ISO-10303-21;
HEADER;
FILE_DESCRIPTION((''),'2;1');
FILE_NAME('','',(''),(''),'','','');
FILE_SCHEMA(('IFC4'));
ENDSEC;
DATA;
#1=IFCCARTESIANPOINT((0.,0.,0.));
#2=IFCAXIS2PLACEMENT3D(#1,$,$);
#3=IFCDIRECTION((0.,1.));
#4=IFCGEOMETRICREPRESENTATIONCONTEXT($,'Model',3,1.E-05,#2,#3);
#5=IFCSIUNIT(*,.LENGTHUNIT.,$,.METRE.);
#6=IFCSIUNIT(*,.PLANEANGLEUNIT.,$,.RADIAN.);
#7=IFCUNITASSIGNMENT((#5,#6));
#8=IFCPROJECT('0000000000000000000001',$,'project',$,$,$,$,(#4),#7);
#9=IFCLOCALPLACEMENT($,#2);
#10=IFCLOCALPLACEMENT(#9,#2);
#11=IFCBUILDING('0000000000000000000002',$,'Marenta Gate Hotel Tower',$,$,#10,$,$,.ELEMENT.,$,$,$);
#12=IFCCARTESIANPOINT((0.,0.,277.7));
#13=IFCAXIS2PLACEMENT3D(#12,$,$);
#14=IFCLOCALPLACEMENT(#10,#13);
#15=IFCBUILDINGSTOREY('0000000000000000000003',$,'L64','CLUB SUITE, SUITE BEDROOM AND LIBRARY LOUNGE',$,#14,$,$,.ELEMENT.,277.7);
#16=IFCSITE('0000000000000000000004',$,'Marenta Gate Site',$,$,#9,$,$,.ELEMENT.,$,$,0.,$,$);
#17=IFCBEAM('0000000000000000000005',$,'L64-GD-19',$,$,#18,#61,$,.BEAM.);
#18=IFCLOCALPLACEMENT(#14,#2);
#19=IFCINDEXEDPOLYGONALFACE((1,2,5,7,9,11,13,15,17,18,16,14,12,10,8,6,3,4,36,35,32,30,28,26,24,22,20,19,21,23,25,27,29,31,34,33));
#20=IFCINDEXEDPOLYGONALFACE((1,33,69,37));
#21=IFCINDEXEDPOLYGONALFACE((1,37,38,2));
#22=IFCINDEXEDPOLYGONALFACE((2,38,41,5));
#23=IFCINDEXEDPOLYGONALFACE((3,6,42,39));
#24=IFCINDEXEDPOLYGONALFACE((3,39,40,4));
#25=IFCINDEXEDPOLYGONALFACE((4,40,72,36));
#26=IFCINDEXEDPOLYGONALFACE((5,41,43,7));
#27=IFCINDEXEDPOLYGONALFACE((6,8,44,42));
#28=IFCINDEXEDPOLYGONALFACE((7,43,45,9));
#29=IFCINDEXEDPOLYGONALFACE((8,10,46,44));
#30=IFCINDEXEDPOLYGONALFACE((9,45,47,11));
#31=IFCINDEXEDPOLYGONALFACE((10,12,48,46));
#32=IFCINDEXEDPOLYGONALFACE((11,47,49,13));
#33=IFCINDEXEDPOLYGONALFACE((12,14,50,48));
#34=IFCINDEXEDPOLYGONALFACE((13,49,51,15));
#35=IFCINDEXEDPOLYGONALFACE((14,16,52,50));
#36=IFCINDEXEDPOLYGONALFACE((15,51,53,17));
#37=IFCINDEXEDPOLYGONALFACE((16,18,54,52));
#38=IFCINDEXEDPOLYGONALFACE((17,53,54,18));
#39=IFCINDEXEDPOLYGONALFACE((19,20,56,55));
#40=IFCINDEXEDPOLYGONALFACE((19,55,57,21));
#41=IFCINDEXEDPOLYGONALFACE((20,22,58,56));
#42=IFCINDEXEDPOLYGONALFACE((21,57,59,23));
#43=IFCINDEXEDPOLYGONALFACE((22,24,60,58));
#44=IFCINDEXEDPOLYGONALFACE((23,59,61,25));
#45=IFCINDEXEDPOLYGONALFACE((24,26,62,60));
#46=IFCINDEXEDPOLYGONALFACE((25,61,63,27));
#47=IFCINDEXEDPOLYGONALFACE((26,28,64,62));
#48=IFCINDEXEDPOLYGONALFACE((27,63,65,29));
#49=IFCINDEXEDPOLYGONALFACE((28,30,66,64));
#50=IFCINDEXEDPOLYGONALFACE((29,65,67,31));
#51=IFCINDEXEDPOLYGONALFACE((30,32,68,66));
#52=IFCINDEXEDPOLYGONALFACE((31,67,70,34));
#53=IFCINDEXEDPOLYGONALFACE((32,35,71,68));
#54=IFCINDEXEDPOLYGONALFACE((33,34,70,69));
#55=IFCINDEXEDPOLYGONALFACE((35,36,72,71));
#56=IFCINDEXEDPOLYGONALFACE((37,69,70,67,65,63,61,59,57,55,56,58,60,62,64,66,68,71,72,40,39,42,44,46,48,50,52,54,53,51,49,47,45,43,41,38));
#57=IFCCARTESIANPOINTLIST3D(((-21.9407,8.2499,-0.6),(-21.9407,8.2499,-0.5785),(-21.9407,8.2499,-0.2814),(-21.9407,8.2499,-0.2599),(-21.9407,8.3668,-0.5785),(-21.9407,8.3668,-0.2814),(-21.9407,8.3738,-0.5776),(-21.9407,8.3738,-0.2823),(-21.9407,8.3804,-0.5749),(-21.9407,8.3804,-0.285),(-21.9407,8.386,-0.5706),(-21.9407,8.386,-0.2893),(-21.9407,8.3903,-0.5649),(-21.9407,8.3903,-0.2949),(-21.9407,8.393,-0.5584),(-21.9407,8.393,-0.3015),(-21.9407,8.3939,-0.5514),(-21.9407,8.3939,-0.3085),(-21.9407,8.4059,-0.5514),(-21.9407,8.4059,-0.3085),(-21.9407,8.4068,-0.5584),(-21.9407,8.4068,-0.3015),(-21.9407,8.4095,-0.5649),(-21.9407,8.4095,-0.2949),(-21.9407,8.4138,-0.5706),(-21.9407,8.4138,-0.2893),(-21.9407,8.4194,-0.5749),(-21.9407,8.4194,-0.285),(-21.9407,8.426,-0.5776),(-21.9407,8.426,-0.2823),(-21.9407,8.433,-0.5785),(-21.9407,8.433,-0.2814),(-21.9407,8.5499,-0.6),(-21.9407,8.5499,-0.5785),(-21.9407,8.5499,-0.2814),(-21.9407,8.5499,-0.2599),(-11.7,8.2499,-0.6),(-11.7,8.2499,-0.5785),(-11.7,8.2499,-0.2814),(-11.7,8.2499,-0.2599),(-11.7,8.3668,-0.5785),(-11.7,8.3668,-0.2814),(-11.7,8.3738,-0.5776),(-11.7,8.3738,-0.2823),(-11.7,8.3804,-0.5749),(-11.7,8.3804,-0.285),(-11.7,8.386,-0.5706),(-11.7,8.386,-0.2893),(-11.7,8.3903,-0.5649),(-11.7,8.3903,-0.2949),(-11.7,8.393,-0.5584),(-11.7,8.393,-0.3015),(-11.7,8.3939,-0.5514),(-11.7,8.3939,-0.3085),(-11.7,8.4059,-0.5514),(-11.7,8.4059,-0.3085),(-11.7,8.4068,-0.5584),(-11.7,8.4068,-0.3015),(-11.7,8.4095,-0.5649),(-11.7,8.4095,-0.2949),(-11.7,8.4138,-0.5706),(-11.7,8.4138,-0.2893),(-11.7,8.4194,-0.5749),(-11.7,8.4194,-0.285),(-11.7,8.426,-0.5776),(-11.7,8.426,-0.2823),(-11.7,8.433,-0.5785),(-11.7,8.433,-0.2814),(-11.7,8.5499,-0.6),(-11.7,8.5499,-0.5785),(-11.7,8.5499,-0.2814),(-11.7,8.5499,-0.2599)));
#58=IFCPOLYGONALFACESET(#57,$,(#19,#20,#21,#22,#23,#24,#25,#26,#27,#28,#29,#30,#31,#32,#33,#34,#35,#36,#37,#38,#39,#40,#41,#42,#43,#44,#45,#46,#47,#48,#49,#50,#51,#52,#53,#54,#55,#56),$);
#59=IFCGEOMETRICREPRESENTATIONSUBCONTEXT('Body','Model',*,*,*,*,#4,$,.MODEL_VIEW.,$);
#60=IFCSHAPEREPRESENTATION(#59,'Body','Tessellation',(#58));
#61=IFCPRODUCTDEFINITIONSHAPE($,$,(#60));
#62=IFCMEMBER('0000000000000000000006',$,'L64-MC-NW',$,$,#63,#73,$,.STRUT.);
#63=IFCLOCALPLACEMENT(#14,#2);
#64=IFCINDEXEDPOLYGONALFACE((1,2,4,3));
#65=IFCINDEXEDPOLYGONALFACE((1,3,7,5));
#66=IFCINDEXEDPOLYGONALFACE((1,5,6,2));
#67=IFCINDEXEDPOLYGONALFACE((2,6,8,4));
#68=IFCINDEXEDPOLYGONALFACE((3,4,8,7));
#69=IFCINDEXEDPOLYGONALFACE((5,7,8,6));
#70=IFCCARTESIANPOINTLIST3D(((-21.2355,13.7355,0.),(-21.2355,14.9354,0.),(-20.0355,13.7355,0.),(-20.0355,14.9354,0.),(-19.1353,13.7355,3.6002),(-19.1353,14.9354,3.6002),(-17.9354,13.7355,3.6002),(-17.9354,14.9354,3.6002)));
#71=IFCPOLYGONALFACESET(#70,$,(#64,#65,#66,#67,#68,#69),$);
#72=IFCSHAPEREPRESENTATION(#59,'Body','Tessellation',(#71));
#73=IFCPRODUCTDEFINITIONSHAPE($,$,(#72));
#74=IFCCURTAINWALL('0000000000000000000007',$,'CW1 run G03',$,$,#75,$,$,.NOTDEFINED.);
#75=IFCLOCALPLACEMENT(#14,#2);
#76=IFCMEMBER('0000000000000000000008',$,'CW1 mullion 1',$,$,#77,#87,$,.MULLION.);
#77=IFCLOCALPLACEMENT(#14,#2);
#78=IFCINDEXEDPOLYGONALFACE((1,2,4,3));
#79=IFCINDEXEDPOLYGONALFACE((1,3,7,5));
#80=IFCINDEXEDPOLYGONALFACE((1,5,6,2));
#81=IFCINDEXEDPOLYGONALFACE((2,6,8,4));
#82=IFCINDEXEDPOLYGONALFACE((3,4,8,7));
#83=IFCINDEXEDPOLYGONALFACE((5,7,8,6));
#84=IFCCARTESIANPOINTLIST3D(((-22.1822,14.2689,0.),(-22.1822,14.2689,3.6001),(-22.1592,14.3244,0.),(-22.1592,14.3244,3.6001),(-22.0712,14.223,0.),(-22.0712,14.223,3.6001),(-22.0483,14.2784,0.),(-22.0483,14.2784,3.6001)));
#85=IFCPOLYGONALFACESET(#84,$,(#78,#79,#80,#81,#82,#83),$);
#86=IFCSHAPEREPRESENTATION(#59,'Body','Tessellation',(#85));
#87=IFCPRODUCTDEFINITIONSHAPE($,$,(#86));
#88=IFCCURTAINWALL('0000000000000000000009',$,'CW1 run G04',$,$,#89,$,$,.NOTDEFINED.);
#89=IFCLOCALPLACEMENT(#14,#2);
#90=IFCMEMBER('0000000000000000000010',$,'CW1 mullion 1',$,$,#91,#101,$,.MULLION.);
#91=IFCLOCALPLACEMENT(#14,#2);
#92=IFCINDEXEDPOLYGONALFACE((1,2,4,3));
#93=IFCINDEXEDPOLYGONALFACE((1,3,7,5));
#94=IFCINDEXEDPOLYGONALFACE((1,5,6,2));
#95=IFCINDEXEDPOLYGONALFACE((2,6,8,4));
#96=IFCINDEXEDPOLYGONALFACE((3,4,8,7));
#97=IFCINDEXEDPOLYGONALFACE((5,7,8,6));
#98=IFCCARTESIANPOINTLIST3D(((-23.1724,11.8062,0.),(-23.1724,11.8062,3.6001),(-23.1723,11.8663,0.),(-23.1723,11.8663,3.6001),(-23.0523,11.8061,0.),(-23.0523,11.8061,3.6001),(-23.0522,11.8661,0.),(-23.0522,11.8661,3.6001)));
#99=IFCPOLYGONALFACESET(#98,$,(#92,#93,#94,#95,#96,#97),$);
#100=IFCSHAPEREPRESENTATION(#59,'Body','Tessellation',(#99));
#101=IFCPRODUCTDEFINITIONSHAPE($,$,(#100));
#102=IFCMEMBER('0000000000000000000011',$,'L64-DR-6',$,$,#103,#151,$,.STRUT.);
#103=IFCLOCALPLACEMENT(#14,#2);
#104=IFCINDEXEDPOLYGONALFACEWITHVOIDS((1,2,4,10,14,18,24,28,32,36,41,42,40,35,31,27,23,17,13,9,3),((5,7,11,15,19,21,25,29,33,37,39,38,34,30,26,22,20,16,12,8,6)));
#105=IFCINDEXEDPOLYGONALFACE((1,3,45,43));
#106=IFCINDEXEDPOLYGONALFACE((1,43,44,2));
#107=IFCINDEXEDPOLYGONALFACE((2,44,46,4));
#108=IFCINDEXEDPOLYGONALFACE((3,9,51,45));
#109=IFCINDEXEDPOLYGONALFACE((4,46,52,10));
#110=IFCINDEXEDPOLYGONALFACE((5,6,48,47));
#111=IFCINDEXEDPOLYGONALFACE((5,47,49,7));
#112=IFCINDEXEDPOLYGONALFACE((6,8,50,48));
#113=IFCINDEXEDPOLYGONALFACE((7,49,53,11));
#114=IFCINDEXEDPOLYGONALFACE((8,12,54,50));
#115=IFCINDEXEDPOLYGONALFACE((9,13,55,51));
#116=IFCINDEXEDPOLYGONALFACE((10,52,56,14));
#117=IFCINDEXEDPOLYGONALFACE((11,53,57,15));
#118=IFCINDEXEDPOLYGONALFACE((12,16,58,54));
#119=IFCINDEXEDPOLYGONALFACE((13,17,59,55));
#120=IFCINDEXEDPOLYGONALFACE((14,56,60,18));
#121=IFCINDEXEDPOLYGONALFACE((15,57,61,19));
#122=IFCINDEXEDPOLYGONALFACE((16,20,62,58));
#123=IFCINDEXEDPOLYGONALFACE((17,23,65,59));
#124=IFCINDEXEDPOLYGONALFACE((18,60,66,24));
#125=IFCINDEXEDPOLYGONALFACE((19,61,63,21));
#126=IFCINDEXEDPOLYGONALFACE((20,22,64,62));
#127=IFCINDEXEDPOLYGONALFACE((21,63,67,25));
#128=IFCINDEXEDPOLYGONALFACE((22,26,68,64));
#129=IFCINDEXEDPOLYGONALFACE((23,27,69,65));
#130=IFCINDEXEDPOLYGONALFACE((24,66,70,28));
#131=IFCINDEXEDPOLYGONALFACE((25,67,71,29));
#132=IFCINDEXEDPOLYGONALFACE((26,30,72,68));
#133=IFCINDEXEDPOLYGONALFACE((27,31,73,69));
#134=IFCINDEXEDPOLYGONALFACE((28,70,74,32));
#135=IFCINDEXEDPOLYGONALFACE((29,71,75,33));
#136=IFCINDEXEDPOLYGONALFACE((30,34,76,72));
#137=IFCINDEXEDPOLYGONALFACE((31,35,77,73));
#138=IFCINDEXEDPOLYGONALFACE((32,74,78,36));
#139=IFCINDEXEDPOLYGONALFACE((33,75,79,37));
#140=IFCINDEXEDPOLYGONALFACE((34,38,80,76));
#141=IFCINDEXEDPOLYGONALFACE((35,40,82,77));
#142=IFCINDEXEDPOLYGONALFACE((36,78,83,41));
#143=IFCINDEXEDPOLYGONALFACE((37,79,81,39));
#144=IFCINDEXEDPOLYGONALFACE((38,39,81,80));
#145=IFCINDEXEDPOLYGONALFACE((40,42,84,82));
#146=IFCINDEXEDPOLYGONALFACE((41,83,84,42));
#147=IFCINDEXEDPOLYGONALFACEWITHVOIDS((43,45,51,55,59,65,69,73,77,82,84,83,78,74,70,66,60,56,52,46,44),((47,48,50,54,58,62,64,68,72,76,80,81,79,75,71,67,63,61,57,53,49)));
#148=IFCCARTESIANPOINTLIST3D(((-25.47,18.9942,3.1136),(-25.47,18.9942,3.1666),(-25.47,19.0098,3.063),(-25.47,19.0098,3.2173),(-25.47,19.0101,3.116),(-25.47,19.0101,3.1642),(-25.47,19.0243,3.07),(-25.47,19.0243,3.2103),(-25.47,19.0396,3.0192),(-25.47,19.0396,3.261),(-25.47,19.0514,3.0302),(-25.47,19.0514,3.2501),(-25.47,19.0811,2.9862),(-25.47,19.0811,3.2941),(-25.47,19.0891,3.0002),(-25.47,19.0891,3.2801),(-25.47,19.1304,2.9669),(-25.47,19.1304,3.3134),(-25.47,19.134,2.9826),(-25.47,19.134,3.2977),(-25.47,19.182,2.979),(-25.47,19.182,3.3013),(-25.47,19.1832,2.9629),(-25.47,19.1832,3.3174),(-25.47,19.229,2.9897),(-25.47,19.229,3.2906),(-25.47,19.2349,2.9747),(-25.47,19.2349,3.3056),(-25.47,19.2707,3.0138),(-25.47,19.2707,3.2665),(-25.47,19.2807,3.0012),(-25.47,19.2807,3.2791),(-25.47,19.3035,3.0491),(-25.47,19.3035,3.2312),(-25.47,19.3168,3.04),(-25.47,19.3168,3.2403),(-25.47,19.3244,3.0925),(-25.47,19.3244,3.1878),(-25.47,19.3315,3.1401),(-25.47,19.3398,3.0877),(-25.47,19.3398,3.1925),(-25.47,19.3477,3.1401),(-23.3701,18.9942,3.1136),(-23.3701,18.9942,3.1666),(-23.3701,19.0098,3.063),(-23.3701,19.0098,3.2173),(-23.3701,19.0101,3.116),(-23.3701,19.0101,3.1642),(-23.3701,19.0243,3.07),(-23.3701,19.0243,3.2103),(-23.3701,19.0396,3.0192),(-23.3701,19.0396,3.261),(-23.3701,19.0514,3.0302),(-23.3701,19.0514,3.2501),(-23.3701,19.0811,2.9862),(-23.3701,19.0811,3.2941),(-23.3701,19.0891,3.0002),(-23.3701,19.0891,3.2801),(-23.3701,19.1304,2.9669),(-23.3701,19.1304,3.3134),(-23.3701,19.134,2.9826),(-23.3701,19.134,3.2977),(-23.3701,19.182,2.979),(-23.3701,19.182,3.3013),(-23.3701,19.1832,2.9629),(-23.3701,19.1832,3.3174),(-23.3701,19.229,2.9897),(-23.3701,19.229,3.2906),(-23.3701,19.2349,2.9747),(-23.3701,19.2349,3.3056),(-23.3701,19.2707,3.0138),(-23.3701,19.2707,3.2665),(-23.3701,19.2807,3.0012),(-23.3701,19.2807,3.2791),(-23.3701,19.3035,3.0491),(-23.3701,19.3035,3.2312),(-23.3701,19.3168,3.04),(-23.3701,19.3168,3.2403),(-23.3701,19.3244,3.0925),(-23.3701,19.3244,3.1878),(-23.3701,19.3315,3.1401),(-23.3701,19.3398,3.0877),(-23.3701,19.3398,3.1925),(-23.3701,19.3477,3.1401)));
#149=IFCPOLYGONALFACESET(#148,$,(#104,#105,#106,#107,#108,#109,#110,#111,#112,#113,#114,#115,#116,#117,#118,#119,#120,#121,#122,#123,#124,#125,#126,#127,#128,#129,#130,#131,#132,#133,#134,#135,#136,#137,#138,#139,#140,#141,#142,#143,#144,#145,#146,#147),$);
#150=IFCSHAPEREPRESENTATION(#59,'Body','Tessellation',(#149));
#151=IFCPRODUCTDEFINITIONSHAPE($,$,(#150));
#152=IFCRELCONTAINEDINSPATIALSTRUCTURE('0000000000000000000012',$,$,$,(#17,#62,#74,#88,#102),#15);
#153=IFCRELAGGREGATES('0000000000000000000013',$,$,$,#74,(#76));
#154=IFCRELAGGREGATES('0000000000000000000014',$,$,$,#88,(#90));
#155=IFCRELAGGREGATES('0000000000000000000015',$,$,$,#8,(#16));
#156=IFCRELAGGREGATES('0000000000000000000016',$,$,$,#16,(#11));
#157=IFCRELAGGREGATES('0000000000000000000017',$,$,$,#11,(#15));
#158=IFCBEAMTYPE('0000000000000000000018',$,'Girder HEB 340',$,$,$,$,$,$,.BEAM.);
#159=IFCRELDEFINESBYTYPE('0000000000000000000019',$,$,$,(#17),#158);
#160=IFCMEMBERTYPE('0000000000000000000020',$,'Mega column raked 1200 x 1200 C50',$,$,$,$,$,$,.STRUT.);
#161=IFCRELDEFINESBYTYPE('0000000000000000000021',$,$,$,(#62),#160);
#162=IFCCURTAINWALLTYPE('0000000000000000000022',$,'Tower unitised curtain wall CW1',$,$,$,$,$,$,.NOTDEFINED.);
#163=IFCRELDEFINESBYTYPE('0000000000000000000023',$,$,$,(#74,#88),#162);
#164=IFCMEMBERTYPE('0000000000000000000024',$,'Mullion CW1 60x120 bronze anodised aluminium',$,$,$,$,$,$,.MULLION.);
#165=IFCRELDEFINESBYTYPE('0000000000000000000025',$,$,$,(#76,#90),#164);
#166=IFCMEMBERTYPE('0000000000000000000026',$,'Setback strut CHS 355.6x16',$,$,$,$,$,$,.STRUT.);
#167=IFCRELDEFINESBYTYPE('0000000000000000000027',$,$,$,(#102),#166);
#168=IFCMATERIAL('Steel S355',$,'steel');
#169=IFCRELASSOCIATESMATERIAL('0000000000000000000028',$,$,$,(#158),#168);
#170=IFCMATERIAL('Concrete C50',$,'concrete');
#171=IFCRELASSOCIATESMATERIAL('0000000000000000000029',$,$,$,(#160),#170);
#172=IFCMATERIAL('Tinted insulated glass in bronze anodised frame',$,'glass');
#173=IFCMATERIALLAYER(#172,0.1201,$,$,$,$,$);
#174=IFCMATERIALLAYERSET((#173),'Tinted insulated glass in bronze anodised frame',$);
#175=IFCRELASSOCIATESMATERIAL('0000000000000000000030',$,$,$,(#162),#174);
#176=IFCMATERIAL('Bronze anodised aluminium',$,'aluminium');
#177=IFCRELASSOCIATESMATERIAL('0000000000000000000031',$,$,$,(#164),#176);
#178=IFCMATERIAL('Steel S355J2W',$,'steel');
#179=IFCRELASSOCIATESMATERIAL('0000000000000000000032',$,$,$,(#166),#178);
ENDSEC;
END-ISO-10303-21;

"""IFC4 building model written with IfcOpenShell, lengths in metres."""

from ifc_helpers import new_model, si_unit, direction, frame, origin, origin_2d, place, context, subcontext, project, spatial, rectangle, hollow_circle, i_section, extrude, material, layer, layer_set, material_profile, profile_set, type_object, element, aggregate, save


model = new_model("IFC4")

# Units and contexts
model_context = context("Model", 3, precision=1e-05, world=origin(), true_north=direction((0.0, 1.0)))
body_context = subcontext(model_context, "Body", "Model", "MODEL_VIEW")
ifc_project = project(units=[si_unit("LENGTHUNIT", "METRE"), si_unit("PLANEANGLEUNIT", "RADIAN")], contexts=[model_context])

# Site, building, storey
site_placement = place(None, origin())
site = spatial("IfcSite", under=ifc_project, at=site_placement, Name="Marenta Gate Site", CompositionType="ELEMENT", RefElevation=0.0)
building_placement = place(site_placement, origin())
building = spatial("IfcBuilding", under=site, at=building_placement, Name="Marenta Gate Hotel Tower", CompositionType="ELEMENT")
storey_placement = place(building_placement, frame((0.0, 0.0, 277.7)))
storey = spatial("IfcBuildingStorey", under=building, at=storey_placement, Name="L64", Description="CLUB SUITE, SUITE BEDROOM AND LIBRARY LOUNGE", CompositionType="ELEMENT", Elevation=277.7)

# Beam
ifc_material_1 = material(Name="Steel S355", Category="steel")
ifc_material_profile_1 = material_profile(ifc_material_1, i_section(OverallWidth=0.3, OverallDepth=0.3401, WebThickness=0.012, FlangeThickness=0.0215, FilletRadius=0.0271, at=origin_2d()), Name="HEB 340")
ifc_profile_set_1 = profile_set([ifc_material_profile_1], Name="Steel S355")
beam_type_1 = type_object("IfcBeamType", Name="Girder HEB 340", PredefinedType="BEAM", material=ifc_profile_set_1)
beam_1_placement = place(storey_placement, frame((-21.9407, 8.3999, -0.4299), z_axis=(1.0, 0.0, 0.0), x_axis=(0.0, 1.0, 0.0)))
element("IfcBeam", 1, at=beam_1_placement, inside=storey, type_object=beam_type_1, Name="L64-GD-19", PredefinedType="BEAM", context=body_context, shape_type="SweptSolid", body=[
    extrude(i_section(OverallWidth=0.3, OverallDepth=0.3401, WebThickness=0.012, FlangeThickness=0.0215, FilletRadius=0.0271, at=origin_2d()), origin(), (0.0, 0.0, 1.0), 10.2407),
])

# Member
ifc_material_2 = material(Name="Concrete C50", Category="concrete")
ifc_material_profile_2 = material_profile(ifc_material_2, rectangle(XDim=1.2, YDim=1.2, at=origin_2d()), Name="1200 x 1200")
ifc_profile_set_2 = profile_set([ifc_material_profile_2], Name="Concrete C50")
member_type_1 = type_object("IfcMemberType", Name="Mega column raked 1200 x 1200 C50", PredefinedType="STRUT", material=ifc_profile_set_2)
member_1_placement = place(storey_placement, frame((-20.6355, 14.3354, 0.0), z_axis=(0.0, 0.0, 1.0), x_axis=(1.0, 0.0, 0.0)))
element("IfcMember", 2, at=member_1_placement, inside=storey, type_object=member_type_1, Name="L64-MC-NW", PredefinedType="STRUT", context=body_context, shape_type="SweptSolid", body=[
    extrude(rectangle(XDim=1.2, YDim=1.2, at=origin_2d()), origin(), (0.503878, 0.0, 0.863775), 4.168),
])

# Curtain walls, members
ifc_material_3 = material(Name="Tinted insulated glass in bronze anodised frame", Category="glass")
ifc_layer_1 = layer(ifc_material_3, 0.1201)
ifc_layer_set_1 = layer_set([ifc_layer_1], Name="Tinted insulated glass in bronze anodised frame")
curtain_wall_type = type_object("IfcCurtainWallType", Name="Tower unitised curtain wall CW1", PredefinedType="NOTDEFINED", material=ifc_layer_set_1)
curtain_wall_1_placement = place(storey_placement, origin())
curtain_wall_1 = element("IfcCurtainWall", 3, at=curtain_wall_1_placement, inside=storey, type_object=curtain_wall_type, Name="CW1 run G03", PredefinedType="NOTDEFINED")
ifc_material_4 = material(Name="Bronze anodised aluminium", Category="aluminium")
ifc_material_profile_3 = material_profile(ifc_material_4, rectangle(XDim=0.1201, YDim=0.0601, at=origin_2d()), Name="Mullion CW1 60x120 bronze anodised aluminium")
ifc_profile_set_3 = profile_set([ifc_material_profile_3], Name="Bronze anodised aluminium")
member_type_2 = type_object("IfcMemberType", Name="Mullion CW1 60x120 bronze anodised aluminium", PredefinedType="MULLION", material=ifc_profile_set_3)
member_2_placement = place(storey_placement, frame((-22.1152, 14.2737, 0.0), z_axis=(0.0, 0.0, 1.0), x_axis=(0.923886, -0.382667, 0.0)))
member_2 = element("IfcMember", 4, at=member_2_placement, type_object=member_type_2, Name="CW1 mullion 1", PredefinedType="MULLION", context=body_context, shape_type="SweptSolid", body=[
    extrude(rectangle(XDim=0.1201, YDim=0.0601, at=origin_2d()), origin(), (0.0, 0.0, 1.0), 3.6001),
])
curtain_wall_2_placement = place(storey_placement, origin())
curtain_wall_2 = element("IfcCurtainWall", 5, at=curtain_wall_2_placement, inside=storey, type_object=curtain_wall_type, Name="CW1 run G04", PredefinedType="NOTDEFINED")
member_3_placement = place(storey_placement, frame((-23.1123, 11.8362, 0.0), z_axis=(0.0, 0.0, 1.0), x_axis=(0.999999, -0.001566, 0.0)))
member_3 = element("IfcMember", 6, at=member_3_placement, type_object=member_type_2, Name="CW1 mullion 1", PredefinedType="MULLION", context=body_context, shape_type="SweptSolid", body=[
    extrude(rectangle(XDim=0.1201, YDim=0.0601, at=origin_2d()), origin(), (0.0, 0.0, 1.0), 3.6001),
])

# Member
ifc_material_5 = material(Name="Steel S355J2W", Category="steel")
ifc_material_profile_4 = material_profile(ifc_material_5, hollow_circle(Radius=0.1777, WallThickness=0.0161, at=origin_2d()), Name="CHS 355.6x16")
ifc_profile_set_4 = profile_set([ifc_material_profile_4], Name="Steel S355J2W")
member_type_3 = type_object("IfcMemberType", Name="Setback strut CHS 355.6x16", PredefinedType="STRUT", material=ifc_profile_set_4)
member_4_placement = place(storey_placement, frame((-25.47, 19.1699, 3.1401), z_axis=(1.0, 0.0, 0.0), x_axis=(0.0, 1.0, 0.0)))
element("IfcMember", 7, at=member_4_placement, inside=storey, type_object=member_type_3, Name="L64-DR-6", PredefinedType="STRUT", context=body_context, shape_type="SweptSolid", body=[
    extrude(hollow_circle(Radius=0.1777, WallThickness=0.0161, at=origin_2d()), origin(), (0.0, 0.0, 1.0), 2.0999),
])

aggregate(curtain_wall_1, [member_2])
aggregate(curtain_wall_2, [member_3])

save(model, "model.ifc")
